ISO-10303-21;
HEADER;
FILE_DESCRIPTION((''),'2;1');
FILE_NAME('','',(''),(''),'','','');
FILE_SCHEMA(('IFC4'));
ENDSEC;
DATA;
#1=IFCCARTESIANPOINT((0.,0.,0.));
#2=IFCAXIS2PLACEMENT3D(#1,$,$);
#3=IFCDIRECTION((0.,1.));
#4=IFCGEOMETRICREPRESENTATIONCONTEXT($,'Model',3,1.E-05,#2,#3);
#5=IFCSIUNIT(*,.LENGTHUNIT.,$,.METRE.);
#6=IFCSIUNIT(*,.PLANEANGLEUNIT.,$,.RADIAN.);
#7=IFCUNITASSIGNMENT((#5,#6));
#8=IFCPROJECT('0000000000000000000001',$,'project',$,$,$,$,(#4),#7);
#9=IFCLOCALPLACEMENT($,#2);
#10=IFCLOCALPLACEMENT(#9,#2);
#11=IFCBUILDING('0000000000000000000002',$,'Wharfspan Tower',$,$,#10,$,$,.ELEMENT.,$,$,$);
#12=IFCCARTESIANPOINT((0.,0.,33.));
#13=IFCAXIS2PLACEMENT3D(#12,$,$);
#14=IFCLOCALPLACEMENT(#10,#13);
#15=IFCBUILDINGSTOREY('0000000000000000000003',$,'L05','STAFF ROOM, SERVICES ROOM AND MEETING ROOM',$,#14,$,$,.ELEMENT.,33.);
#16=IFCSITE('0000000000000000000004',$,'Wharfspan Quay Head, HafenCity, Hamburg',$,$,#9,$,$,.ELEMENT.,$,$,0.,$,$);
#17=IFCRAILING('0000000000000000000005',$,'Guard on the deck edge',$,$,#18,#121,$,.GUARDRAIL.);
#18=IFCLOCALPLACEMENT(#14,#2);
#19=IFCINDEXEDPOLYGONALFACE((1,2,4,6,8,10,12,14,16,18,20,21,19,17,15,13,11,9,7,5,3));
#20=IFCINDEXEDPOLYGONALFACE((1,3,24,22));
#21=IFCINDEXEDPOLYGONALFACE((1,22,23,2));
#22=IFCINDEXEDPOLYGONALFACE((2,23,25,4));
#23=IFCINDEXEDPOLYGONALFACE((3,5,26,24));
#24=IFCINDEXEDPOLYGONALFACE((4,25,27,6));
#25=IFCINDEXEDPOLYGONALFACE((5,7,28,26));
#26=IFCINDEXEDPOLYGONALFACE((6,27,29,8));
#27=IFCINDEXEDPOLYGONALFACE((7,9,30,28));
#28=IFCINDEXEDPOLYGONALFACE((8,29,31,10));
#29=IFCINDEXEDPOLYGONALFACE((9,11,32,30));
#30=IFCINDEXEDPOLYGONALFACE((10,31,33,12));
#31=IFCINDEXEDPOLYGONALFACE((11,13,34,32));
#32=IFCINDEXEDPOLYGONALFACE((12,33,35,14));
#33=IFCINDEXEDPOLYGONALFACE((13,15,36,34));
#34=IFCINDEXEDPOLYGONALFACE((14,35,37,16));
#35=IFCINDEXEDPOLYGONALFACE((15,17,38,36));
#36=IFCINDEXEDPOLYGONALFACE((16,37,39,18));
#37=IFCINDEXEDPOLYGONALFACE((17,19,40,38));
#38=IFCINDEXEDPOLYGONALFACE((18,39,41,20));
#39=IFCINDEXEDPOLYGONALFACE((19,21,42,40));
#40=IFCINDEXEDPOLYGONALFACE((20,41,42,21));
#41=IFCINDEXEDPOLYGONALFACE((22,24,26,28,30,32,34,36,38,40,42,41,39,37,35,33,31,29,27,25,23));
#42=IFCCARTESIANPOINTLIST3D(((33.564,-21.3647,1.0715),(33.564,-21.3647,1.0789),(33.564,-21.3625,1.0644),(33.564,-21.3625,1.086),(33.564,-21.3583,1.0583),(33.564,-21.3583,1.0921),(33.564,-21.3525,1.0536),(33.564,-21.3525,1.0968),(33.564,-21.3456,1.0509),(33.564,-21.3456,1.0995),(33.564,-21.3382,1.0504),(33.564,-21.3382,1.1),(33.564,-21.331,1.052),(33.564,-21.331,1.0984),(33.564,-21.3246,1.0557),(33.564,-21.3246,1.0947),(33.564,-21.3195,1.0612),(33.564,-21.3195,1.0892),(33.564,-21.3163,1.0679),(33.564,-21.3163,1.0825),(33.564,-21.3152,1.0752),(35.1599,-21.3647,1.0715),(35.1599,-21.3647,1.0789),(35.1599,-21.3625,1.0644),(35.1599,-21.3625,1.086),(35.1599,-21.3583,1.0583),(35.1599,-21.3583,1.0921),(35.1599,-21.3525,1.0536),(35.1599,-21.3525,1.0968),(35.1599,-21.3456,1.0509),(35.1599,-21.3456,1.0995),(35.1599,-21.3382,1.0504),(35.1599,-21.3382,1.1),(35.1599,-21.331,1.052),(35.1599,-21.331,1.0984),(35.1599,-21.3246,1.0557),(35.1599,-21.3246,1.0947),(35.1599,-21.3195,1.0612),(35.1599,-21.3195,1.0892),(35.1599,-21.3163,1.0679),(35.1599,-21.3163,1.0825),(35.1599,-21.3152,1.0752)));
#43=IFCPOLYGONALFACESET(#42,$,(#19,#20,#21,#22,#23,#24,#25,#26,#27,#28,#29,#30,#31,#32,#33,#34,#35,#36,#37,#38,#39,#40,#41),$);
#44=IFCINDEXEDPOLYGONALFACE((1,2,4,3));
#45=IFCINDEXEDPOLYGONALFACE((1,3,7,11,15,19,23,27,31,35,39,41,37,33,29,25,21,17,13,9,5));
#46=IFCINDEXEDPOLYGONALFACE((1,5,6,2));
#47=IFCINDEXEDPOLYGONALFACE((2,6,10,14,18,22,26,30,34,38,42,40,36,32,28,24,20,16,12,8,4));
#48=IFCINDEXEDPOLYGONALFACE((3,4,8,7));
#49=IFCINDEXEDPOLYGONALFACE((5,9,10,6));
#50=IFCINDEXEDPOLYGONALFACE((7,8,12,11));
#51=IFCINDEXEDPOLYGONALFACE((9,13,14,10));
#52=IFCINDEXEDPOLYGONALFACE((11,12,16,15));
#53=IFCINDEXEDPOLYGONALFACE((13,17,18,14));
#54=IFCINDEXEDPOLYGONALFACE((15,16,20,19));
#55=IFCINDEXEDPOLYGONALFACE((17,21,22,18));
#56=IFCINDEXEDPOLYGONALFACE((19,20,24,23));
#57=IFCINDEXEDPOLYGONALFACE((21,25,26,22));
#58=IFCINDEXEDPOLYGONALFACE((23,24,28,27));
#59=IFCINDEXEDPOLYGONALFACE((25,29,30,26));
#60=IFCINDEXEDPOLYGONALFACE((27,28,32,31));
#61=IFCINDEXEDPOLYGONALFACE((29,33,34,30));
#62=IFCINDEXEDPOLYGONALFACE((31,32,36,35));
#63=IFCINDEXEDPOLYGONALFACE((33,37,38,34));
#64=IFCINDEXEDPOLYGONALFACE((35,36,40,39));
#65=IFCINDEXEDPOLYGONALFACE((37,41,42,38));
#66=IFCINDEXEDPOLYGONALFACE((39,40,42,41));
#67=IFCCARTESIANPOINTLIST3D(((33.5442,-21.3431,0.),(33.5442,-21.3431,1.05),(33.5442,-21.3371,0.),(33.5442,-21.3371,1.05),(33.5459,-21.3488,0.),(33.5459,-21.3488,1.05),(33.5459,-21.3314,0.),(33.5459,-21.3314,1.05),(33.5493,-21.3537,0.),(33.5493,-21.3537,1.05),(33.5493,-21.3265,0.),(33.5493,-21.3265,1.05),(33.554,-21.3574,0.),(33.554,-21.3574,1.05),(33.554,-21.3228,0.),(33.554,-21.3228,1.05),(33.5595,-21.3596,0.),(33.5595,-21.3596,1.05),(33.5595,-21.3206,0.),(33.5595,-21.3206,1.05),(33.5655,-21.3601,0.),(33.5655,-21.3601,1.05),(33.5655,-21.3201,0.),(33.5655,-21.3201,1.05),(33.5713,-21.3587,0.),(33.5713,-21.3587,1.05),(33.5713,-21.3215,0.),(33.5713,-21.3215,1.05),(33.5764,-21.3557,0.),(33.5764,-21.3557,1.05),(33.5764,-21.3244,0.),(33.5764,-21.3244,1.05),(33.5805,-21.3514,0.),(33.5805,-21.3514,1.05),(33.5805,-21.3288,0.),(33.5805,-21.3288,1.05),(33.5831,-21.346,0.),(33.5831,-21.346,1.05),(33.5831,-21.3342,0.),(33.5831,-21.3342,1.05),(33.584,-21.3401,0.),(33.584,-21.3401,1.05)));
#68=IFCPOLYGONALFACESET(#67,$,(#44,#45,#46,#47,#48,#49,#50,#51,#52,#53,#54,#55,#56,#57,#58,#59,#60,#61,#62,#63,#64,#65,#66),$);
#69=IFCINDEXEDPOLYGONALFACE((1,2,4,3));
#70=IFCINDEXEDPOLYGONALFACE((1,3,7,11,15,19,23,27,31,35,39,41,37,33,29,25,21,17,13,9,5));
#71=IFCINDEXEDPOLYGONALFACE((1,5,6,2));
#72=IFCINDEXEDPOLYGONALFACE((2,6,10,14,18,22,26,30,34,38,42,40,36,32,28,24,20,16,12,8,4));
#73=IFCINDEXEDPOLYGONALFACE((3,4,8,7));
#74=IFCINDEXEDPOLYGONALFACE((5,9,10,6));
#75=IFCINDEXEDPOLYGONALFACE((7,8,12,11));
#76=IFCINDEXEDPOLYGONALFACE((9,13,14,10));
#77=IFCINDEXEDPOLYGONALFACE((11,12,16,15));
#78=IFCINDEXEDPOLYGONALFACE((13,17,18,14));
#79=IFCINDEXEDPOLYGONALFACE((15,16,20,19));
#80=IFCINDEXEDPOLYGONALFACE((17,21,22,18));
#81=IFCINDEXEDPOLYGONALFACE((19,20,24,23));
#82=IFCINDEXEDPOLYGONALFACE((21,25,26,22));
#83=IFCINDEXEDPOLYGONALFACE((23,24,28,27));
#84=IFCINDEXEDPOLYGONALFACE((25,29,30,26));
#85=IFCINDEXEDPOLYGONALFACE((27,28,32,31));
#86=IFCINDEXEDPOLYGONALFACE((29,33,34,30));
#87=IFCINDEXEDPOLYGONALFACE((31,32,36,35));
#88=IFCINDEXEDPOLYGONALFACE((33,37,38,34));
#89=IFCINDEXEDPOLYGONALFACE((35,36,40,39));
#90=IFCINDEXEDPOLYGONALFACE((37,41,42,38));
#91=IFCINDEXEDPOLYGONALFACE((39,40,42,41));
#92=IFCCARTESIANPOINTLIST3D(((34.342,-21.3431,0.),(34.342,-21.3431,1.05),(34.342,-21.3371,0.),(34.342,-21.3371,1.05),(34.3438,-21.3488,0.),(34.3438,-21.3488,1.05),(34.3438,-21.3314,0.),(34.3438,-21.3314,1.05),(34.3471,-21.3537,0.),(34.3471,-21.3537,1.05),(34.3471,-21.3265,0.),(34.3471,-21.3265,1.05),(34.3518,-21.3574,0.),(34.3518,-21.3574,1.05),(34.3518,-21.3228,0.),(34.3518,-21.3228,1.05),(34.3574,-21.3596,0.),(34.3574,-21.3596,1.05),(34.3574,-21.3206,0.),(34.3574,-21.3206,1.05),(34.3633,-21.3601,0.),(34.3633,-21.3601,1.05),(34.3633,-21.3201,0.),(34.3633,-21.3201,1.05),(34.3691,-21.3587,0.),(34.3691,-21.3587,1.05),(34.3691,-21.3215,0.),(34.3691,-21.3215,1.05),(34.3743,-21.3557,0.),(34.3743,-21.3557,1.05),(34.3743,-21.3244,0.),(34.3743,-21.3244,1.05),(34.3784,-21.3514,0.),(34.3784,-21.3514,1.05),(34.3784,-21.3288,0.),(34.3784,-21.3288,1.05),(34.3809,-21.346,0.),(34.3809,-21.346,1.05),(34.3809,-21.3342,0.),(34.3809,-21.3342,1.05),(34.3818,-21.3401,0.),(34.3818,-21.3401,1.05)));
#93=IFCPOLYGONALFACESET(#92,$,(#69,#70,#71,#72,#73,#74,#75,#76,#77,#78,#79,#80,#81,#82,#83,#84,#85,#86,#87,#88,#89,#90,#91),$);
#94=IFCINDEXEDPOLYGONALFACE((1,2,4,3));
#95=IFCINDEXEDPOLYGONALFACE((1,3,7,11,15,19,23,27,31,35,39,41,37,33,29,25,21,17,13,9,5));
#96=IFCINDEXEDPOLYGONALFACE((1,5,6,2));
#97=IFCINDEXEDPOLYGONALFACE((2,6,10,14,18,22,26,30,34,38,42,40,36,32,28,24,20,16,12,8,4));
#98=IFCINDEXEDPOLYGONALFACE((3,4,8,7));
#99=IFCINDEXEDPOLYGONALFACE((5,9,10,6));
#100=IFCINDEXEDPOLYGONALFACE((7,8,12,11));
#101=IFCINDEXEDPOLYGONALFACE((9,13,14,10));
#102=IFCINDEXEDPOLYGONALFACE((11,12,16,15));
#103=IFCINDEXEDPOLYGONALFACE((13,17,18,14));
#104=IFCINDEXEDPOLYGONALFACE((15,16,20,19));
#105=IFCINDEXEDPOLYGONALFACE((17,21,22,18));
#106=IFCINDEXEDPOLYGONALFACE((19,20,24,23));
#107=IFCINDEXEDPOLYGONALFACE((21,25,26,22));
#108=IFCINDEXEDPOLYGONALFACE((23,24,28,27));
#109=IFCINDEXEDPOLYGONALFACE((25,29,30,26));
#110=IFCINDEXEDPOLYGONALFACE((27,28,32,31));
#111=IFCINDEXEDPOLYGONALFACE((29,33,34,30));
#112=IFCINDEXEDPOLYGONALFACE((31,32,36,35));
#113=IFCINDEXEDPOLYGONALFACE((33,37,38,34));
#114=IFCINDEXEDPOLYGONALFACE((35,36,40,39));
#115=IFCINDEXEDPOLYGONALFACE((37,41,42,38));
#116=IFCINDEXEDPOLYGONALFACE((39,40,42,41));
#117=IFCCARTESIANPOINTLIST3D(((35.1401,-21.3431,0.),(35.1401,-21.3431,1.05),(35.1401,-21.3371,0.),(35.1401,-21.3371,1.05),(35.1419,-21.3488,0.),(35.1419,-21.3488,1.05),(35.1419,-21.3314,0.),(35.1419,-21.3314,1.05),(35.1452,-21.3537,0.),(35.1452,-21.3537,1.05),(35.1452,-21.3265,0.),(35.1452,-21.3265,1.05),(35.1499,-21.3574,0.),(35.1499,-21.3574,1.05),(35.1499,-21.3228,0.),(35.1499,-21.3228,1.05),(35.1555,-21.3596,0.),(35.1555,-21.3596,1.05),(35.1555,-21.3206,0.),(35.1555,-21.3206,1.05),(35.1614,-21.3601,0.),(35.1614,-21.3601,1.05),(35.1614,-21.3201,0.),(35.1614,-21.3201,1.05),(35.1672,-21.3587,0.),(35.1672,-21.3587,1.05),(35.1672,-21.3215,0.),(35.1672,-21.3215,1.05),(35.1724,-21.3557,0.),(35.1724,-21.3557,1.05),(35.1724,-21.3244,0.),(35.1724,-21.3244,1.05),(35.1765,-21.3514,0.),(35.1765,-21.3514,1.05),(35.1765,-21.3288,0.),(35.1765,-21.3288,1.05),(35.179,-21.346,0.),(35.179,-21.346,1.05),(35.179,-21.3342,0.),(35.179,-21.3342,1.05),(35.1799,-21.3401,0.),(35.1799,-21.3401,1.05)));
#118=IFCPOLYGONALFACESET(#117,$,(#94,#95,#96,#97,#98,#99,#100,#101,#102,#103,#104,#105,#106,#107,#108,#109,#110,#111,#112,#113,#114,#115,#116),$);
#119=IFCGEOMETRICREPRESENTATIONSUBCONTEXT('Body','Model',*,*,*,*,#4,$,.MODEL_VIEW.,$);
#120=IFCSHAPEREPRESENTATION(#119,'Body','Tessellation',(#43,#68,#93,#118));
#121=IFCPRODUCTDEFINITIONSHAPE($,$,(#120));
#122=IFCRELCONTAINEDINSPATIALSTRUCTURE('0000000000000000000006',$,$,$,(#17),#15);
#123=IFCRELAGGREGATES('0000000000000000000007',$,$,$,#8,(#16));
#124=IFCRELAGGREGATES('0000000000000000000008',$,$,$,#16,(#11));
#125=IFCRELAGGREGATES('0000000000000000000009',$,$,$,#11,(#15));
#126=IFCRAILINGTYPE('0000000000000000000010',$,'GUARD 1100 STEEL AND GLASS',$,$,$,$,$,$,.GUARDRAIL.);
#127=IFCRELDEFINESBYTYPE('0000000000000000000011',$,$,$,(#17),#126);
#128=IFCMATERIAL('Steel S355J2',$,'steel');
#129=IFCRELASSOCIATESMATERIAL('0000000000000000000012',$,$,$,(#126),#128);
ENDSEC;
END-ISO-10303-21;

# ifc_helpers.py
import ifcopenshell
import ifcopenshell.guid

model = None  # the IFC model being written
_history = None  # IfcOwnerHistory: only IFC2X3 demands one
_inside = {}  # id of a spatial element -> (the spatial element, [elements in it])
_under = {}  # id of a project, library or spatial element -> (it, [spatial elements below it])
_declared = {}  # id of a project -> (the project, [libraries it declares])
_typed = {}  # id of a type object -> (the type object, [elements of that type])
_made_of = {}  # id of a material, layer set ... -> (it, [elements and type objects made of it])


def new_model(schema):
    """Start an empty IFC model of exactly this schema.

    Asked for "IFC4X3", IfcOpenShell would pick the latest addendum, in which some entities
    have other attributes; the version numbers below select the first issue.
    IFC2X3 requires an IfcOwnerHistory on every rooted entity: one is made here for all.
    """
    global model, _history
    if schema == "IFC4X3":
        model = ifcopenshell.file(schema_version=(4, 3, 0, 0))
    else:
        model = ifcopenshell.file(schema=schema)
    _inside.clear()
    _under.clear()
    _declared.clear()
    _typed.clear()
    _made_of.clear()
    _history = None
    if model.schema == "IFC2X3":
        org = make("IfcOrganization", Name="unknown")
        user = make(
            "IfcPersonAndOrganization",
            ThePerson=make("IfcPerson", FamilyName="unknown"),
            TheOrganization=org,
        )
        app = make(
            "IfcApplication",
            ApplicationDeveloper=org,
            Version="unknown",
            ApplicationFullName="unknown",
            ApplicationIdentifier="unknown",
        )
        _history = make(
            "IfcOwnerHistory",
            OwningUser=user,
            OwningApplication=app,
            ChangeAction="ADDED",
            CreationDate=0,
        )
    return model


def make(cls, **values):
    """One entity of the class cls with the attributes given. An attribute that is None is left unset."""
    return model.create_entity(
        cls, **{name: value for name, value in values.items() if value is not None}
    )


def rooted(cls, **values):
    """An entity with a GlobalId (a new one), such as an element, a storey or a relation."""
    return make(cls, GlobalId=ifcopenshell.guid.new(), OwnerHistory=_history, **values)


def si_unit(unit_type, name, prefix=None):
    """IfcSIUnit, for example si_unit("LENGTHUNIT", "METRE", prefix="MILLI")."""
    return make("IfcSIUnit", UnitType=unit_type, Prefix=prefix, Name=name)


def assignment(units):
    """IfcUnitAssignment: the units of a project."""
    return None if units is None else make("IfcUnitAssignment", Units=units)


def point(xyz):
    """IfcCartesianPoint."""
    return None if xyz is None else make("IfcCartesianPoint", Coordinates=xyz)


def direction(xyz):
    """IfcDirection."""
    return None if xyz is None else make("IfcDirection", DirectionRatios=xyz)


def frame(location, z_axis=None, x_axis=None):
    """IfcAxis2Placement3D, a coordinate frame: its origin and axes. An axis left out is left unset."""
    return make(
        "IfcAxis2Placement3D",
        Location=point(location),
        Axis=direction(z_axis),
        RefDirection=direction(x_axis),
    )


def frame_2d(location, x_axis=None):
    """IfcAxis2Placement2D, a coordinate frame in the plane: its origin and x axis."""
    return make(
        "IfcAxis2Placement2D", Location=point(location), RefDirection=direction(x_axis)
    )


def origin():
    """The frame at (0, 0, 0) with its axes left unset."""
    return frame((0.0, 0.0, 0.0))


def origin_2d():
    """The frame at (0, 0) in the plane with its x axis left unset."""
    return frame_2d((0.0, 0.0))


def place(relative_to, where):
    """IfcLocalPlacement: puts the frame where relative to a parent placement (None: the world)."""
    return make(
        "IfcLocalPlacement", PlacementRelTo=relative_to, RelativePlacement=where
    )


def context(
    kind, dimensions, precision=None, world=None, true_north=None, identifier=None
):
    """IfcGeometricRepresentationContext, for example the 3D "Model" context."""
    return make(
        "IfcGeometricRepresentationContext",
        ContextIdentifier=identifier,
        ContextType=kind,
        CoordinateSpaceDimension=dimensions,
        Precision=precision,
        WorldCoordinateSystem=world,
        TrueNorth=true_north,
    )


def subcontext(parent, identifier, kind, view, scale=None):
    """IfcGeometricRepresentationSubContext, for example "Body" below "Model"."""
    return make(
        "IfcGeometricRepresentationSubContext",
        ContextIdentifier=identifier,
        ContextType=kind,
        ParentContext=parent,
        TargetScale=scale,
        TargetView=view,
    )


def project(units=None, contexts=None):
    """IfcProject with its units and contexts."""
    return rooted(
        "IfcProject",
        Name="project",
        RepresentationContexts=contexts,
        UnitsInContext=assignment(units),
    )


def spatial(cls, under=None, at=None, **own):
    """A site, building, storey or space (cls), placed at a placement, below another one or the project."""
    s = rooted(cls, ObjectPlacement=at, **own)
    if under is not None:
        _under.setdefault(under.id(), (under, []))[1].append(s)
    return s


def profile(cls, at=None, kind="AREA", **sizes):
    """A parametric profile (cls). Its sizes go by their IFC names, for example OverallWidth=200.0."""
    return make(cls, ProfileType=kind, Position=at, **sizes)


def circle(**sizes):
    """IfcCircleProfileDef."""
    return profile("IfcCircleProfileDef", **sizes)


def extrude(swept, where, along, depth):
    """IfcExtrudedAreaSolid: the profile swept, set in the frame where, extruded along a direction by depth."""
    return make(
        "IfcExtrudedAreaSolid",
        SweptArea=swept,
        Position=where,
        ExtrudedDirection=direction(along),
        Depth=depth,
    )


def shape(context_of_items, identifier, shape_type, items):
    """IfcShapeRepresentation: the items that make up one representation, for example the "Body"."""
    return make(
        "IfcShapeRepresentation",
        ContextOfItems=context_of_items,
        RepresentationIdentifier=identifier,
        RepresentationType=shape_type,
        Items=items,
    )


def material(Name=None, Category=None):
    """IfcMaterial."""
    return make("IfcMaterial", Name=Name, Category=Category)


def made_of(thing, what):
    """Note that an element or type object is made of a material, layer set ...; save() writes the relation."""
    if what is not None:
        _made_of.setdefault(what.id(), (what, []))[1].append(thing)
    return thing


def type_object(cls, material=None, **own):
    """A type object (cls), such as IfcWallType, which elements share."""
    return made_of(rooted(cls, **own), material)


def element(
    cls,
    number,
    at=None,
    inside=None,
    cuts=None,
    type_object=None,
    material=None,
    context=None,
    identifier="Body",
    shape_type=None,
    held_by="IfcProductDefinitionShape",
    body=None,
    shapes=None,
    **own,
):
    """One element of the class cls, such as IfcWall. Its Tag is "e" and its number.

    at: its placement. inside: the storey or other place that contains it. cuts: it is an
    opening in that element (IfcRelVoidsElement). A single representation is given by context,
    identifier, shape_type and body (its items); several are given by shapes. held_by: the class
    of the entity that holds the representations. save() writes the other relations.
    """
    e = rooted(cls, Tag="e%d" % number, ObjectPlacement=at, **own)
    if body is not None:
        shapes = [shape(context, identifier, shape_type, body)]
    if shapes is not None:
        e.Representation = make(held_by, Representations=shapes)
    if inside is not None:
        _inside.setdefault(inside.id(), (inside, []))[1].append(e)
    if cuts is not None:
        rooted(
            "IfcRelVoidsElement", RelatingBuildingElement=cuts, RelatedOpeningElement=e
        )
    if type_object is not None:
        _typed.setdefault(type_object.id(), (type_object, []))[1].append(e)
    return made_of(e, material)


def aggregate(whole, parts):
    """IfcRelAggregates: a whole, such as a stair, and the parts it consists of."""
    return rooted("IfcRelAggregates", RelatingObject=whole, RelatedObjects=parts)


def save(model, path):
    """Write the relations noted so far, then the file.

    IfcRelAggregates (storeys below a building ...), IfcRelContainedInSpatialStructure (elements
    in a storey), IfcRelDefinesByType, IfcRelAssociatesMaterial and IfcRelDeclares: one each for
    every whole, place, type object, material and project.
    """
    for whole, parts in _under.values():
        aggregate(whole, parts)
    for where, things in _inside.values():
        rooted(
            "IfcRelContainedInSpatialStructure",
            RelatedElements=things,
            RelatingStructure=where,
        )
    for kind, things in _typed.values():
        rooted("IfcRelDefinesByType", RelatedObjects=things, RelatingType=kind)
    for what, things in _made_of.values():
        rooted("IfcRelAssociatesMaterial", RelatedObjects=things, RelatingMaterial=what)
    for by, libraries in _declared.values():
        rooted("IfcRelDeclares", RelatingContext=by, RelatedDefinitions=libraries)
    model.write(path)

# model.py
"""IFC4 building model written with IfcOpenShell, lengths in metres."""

from ifc_helpers import new_model, si_unit, direction, frame, origin, origin_2d, place, context, subcontext, project, spatial, circle, extrude, material, type_object, element, save


model = new_model("IFC4")

# Units and contexts
model_context = context("Model", 3, precision=1e-05, world=origin(), true_north=direction((0.0, 1.0)))
body_context = subcontext(model_context, "Body", "Model", "MODEL_VIEW")
ifc_project = project(units=[si_unit("LENGTHUNIT", "METRE"), si_unit("PLANEANGLEUNIT", "RADIAN")], contexts=[model_context])

# Site, building, storey
site_placement = place(None, origin())
site = spatial("IfcSite", under=ifc_project, at=site_placement, Name="Wharfspan Quay Head, HafenCity, Hamburg", CompositionType="ELEMENT", RefElevation=0.0)
building_placement = place(site_placement, origin())
building = spatial("IfcBuilding", under=site, at=building_placement, Name="Wharfspan Tower", CompositionType="ELEMENT")
storey_placement = place(building_placement, frame((0.0, 0.0, 33.0)))
storey = spatial("IfcBuildingStorey", under=building, at=storey_placement, Name="L05", Description="STAFF ROOM, SERVICES ROOM AND MEETING ROOM", CompositionType="ELEMENT", Elevation=33.0)

# Railing
ifc_material_1 = material(Name="Steel S355J2", Category="steel")
railing_type = type_object("IfcRailingType", Name="GUARD 1100 STEEL AND GLASS", PredefinedType="GUARDRAIL", material=ifc_material_1)
railing_1_placement = place(storey_placement, frame((33.564, -21.3401, 0.0)))
element("IfcRailing", 1, at=railing_1_placement, inside=storey, type_object=railing_type, Name="Guard on the deck edge", PredefinedType="GUARDRAIL", context=body_context, shape_type="SweptSolid", body=[
    extrude(circle(Radius=0.0249, at=origin_2d()), frame((0.0, 0.0, 1.0752), z_axis=(1.0, 0.0, 0.0), x_axis=(0.0, 1.0, 0.0)), (0.0, 0.0, 1.0), 1.5959),
    extrude(circle(Radius=0.02, at=origin_2d()), origin(), (0.0, 0.0, 1.0), 1.05),
    extrude(circle(Radius=0.02, at=origin_2d()), frame((0.7979, 0.0, 0.0)), (0.0, 0.0, 1.0), 1.05),
    extrude(circle(Radius=0.02, at=origin_2d()), frame((1.5959, 0.0, 0.0)), (0.0, 0.0, 1.0), 1.05),
])

save(model, "model.ifc")
